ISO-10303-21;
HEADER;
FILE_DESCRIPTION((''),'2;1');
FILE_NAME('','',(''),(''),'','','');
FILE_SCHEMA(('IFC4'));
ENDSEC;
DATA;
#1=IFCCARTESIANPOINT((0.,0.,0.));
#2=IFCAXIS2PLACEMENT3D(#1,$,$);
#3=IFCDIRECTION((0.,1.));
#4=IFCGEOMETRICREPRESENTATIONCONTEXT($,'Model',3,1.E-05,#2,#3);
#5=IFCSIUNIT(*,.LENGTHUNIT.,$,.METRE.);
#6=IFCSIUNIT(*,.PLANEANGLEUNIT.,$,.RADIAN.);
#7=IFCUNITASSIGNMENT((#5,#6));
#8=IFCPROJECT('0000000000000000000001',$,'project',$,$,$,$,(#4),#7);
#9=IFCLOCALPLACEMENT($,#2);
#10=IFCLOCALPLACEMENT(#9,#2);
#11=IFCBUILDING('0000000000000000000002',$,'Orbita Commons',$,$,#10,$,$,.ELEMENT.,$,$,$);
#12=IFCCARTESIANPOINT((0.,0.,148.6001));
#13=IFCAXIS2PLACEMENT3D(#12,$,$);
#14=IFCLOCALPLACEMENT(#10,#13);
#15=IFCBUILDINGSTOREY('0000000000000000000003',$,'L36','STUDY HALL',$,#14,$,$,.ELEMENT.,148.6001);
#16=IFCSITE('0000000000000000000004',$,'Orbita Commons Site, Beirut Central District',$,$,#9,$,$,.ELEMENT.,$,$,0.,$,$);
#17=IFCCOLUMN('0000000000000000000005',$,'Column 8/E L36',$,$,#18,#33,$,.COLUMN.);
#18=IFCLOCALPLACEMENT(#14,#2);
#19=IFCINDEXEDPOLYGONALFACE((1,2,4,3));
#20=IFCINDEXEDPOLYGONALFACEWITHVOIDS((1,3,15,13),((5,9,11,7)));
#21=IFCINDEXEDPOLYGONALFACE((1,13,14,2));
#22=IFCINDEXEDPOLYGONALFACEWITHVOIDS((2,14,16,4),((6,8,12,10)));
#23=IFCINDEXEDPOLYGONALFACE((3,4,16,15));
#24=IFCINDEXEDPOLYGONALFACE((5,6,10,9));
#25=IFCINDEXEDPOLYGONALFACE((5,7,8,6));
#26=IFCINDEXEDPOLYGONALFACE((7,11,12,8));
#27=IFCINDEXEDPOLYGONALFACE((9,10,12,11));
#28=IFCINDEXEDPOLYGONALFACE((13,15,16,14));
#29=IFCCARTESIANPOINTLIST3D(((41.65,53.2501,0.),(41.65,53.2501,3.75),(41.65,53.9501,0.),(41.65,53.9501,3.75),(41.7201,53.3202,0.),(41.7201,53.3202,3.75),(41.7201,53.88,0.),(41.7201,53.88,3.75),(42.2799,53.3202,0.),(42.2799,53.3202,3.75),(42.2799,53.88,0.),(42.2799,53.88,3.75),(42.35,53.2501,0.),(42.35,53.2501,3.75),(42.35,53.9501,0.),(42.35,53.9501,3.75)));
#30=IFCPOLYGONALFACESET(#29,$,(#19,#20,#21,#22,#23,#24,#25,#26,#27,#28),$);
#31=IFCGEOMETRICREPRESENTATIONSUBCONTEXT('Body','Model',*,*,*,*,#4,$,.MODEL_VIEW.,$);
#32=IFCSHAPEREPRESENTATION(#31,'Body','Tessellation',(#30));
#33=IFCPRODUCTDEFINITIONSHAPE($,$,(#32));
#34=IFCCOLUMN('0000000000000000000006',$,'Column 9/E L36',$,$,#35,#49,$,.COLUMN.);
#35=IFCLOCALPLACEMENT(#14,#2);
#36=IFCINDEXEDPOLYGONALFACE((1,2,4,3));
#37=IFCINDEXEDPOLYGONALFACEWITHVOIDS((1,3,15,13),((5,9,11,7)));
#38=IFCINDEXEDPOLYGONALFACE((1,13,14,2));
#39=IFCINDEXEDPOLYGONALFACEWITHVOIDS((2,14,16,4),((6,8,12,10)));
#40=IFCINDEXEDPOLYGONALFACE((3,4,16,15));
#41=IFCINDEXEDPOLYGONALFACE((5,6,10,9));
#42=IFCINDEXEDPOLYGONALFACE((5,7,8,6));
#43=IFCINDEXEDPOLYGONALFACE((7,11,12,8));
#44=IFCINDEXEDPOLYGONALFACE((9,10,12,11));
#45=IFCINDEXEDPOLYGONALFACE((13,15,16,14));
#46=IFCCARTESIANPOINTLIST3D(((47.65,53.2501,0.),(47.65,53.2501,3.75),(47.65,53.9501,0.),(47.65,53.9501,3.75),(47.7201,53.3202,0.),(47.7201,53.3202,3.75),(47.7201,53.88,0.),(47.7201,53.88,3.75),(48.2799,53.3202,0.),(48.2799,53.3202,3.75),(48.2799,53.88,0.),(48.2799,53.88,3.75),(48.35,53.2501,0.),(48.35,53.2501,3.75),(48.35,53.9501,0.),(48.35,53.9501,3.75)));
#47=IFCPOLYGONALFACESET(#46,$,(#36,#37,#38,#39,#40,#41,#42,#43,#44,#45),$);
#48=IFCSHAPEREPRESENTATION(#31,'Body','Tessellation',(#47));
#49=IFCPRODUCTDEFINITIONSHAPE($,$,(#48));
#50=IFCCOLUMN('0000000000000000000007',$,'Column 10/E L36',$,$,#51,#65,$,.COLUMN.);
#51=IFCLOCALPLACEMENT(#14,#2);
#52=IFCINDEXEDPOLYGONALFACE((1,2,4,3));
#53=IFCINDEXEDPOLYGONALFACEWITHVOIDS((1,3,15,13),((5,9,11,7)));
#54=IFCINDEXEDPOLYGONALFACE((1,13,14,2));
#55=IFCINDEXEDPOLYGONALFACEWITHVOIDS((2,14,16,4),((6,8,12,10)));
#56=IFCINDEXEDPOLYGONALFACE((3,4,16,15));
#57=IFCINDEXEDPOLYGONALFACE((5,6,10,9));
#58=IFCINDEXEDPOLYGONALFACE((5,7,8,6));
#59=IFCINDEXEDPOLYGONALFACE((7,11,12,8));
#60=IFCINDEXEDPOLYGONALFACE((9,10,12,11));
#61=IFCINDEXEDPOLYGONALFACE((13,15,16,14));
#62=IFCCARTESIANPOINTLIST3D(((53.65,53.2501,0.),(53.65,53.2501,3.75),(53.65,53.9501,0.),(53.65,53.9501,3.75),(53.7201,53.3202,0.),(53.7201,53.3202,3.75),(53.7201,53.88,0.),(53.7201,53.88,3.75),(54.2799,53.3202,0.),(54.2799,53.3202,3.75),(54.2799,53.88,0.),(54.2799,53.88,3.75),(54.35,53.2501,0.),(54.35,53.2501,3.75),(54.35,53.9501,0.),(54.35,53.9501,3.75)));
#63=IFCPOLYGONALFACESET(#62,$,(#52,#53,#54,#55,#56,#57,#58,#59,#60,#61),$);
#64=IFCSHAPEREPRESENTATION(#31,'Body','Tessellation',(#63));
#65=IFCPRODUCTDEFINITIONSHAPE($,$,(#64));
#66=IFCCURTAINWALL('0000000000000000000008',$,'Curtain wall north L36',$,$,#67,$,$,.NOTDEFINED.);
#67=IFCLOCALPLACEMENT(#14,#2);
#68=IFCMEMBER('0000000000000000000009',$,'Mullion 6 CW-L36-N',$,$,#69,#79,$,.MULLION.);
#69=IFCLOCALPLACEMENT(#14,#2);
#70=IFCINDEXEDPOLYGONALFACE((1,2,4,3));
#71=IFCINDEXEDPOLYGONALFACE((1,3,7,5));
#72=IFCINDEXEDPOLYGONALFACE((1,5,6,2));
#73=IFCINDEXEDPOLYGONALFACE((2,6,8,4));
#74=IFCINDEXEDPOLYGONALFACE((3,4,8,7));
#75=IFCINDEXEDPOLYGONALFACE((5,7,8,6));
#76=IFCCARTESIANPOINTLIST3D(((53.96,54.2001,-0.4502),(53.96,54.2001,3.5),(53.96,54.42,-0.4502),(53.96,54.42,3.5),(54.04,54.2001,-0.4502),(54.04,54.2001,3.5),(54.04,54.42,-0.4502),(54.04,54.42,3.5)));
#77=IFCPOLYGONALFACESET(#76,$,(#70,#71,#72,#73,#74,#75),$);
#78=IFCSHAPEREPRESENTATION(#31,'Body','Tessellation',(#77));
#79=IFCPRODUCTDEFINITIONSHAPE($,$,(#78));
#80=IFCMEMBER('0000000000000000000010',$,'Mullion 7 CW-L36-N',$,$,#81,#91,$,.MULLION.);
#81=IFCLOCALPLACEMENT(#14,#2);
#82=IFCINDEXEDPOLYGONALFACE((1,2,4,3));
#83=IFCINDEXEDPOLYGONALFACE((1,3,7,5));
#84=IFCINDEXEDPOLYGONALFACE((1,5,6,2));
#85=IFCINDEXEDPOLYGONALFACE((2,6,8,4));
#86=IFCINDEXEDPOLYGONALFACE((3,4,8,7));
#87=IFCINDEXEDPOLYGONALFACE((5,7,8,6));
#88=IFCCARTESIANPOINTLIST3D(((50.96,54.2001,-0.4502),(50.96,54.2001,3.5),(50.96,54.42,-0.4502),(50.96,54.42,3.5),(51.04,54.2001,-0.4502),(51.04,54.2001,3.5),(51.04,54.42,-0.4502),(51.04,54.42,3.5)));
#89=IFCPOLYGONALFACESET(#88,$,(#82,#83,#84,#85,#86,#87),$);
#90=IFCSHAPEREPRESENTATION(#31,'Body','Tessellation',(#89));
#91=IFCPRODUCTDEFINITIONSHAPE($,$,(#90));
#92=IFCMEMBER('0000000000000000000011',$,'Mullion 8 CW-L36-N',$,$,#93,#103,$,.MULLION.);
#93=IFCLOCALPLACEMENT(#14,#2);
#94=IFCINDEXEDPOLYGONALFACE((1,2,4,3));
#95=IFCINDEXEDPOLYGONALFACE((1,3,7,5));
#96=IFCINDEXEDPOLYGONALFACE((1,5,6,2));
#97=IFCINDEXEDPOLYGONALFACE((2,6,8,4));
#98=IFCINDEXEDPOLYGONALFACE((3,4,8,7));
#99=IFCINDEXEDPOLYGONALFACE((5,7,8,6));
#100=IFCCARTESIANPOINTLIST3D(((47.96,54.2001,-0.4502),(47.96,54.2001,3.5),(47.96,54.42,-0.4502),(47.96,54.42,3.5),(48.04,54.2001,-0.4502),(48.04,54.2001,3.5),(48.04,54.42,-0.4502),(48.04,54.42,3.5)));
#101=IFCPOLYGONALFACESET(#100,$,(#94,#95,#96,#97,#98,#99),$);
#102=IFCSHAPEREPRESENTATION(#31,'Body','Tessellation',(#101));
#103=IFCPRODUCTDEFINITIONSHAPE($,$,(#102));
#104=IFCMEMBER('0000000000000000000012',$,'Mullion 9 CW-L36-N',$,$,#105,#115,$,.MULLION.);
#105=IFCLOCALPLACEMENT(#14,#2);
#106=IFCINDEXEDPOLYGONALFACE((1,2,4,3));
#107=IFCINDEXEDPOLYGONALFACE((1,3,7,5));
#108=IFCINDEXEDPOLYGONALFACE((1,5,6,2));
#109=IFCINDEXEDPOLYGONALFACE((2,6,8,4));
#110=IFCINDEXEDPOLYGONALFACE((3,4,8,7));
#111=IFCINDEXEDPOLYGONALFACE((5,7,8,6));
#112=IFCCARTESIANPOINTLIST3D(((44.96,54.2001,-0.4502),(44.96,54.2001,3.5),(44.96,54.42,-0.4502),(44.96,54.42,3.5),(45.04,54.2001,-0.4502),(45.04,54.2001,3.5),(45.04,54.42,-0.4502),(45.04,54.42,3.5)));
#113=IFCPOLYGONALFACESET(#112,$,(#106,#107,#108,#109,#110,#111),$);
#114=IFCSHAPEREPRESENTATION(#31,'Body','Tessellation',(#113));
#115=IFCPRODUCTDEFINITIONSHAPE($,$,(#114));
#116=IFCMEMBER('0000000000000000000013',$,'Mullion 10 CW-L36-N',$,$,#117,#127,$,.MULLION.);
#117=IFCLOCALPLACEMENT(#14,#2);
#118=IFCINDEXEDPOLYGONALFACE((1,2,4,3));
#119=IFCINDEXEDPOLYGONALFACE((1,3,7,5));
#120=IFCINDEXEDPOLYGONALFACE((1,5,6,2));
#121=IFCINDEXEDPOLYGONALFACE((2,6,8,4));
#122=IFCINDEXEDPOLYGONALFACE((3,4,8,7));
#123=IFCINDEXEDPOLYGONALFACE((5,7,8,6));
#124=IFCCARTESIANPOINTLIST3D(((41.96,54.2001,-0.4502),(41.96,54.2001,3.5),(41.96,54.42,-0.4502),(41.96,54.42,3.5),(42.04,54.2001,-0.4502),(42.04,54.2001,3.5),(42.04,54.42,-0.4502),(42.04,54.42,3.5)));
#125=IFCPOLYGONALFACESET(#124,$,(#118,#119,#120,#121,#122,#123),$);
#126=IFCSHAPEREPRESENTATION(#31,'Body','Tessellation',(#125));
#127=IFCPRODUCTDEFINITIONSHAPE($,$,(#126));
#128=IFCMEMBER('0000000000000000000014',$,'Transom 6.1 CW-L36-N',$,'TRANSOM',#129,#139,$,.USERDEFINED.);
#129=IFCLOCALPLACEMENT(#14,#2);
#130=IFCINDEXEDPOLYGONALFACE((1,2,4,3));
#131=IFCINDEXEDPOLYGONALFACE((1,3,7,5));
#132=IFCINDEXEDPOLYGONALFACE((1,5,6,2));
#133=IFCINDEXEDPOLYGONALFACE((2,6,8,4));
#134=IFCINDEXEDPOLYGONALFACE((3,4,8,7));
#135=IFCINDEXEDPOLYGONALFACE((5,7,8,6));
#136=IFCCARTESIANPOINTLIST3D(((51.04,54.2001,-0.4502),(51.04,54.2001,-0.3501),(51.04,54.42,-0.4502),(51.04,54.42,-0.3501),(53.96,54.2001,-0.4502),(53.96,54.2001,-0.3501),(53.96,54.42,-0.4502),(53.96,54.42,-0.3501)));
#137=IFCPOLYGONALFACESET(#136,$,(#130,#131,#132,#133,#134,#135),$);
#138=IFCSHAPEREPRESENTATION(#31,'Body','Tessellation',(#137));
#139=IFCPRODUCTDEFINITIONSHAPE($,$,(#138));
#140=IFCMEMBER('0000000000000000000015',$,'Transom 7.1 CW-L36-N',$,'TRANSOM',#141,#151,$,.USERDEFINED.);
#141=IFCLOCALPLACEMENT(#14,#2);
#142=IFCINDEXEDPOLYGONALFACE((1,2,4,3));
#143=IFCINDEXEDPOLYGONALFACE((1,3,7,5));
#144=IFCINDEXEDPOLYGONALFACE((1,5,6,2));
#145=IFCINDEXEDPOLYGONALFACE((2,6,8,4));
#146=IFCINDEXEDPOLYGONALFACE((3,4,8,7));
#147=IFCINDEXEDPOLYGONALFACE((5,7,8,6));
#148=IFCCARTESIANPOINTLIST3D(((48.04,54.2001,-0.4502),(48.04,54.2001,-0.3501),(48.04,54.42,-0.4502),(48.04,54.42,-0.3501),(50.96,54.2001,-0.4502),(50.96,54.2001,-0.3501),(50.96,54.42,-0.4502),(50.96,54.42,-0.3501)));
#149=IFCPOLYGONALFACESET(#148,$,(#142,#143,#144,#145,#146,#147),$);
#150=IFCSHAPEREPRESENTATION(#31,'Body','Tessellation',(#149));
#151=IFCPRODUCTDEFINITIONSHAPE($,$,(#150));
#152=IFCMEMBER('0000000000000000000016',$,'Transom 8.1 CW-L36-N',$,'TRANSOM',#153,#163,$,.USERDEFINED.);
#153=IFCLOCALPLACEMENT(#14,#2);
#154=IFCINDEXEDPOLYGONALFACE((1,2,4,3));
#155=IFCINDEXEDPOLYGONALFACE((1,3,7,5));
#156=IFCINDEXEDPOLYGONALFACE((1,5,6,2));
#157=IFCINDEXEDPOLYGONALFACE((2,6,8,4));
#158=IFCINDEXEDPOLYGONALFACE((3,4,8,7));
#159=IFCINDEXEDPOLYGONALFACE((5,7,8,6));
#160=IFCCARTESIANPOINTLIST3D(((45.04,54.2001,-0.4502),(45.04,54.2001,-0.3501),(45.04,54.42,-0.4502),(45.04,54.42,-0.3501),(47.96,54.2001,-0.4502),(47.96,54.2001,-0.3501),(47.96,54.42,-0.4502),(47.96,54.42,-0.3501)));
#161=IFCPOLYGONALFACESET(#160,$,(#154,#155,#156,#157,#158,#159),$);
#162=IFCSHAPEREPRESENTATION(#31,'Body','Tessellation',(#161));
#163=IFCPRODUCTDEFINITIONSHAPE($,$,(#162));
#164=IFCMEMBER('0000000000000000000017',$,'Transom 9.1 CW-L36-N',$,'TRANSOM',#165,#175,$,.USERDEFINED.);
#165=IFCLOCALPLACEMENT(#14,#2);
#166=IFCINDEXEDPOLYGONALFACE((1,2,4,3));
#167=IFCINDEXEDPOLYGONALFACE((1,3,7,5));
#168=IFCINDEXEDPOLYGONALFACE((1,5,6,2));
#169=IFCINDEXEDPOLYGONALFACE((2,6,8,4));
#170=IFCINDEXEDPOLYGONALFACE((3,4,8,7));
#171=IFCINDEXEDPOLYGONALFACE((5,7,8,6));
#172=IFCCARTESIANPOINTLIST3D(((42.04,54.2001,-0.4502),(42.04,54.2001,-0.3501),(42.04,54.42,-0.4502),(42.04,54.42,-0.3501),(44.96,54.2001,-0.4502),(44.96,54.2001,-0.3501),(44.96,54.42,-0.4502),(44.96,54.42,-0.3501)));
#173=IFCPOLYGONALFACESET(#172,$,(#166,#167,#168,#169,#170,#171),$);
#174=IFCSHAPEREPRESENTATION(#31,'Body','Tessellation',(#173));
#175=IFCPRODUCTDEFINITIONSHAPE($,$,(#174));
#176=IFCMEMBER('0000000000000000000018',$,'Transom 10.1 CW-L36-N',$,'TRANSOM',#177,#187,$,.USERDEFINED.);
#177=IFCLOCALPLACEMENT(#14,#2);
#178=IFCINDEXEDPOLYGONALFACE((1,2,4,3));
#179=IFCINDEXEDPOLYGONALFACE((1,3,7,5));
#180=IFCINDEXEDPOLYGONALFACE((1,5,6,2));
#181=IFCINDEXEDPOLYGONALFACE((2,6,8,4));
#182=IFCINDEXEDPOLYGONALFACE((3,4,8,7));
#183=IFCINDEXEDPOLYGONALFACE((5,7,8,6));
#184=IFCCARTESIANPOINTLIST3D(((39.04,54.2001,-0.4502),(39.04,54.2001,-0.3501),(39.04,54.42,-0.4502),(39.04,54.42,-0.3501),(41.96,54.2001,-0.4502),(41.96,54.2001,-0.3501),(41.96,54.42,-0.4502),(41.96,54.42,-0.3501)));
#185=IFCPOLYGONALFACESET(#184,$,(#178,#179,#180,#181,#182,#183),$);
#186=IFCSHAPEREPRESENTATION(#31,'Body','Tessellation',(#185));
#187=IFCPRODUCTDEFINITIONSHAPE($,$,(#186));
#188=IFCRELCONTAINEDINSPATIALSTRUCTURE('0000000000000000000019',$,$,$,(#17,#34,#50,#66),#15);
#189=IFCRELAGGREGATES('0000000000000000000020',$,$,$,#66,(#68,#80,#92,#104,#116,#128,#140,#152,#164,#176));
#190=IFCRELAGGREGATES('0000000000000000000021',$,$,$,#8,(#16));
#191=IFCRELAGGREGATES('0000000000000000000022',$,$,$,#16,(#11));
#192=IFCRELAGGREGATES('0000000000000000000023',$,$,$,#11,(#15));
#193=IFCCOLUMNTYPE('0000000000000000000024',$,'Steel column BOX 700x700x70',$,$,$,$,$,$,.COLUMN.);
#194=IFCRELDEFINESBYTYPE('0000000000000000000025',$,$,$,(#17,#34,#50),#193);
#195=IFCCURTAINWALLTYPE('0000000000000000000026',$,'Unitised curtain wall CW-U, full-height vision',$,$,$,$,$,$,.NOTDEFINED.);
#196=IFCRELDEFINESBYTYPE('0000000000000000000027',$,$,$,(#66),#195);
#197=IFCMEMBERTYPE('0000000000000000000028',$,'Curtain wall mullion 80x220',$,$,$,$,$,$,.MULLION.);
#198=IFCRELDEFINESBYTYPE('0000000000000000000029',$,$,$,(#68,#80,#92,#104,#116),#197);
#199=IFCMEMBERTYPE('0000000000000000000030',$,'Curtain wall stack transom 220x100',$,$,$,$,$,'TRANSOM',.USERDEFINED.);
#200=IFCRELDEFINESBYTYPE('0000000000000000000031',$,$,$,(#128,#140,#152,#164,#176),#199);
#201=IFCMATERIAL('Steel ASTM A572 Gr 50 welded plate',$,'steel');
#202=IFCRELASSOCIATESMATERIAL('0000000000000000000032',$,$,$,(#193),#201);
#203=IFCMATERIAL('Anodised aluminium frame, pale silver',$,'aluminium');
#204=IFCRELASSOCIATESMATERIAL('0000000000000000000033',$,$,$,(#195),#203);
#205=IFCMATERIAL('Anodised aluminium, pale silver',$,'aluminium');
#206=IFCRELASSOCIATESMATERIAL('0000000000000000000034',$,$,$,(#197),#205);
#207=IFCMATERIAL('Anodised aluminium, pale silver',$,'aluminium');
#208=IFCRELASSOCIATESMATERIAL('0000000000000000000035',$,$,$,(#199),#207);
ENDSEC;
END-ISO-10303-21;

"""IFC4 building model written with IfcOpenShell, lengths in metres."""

from ifc_helpers import new_model, si_unit, direction, frame, origin, origin_2d, place, context, subcontext, project, spatial, rectangle, hollow_rectangle, extrude, material, material_profile, profile_set, type_object, element, aggregate, save


model = new_model("IFC4")

# Units and contexts
model_context = context("Model", 3, precision=1e-05, world=origin(), true_north=direction((0.0, 1.0)))
body_context = subcontext(model_context, "Body", "Model", "MODEL_VIEW")
ifc_project = project(units=[si_unit("LENGTHUNIT", "METRE"), si_unit("PLANEANGLEUNIT", "RADIAN")], contexts=[model_context])

# Site, building, storey
site_placement = place(None, origin())
site = spatial("IfcSite", under=ifc_project, at=site_placement, Name="Orbita Commons Site, Beirut Central District", CompositionType="ELEMENT", RefElevation=0.0)
building_placement = place(site_placement, origin())
building = spatial("IfcBuilding", under=site, at=building_placement, Name="Orbita Commons", CompositionType="ELEMENT")
storey_placement = place(building_placement, frame((0.0, 0.0, 148.6001)))
storey = spatial("IfcBuildingStorey", under=building, at=storey_placement, Name="L36", Description="STUDY HALL", CompositionType="ELEMENT", Elevation=148.6001)

# Columns
ifc_material_1 = material(Name="Steel ASTM A572 Gr 50 welded plate", Category="steel")
ifc_material_profile_1 = material_profile(ifc_material_1, hollow_rectangle(XDim=0.7, YDim=0.7, WallThickness=0.0701, at=origin_2d()), Name="BOX 700x700x70")
ifc_profile_set_1 = profile_set([ifc_material_profile_1], Name="Steel ASTM A572 Gr 50 welded plate")
column_type = type_object("IfcColumnType", Name="Steel column BOX 700x700x70", PredefinedType="COLUMN", material=ifc_profile_set_1)
for number, where, z_axis, x_axis, name in (
    (1, (42.0, 53.6001, 0.0), (0.0, 0.0, 1.0), (1.0, 0.0, 0.0), "Column 8/E L36"),
    (2, (48.0, 53.6001, 0.0), (0.0, 0.0, 1.0), (1.0, 0.0, 0.0), "Column 9/E L36"),
    (3, (54.0, 53.6001, 0.0), (0.0, 0.0, 1.0), (1.0, 0.0, 0.0), "Column 10/E L36"),
):
    element("IfcColumn", number, at=place(storey_placement, frame(where, z_axis=z_axis, x_axis=x_axis)), inside=storey, type_object=column_type, Name=name, PredefinedType="COLUMN", context=body_context, shape_type="SweptSolid", body=[
        extrude(hollow_rectangle(XDim=0.7, YDim=0.7, WallThickness=0.0701, at=origin_2d()), origin(), (0.0, 0.0, 1.0), 3.75),
    ])

# Curtain wall, members
ifc_material_2 = material(Name="Anodised aluminium frame, pale silver", Category="aluminium")
curtain_wall_type = type_object("IfcCurtainWallType", Name="Unitised curtain wall CW-U, full-height vision", PredefinedType="NOTDEFINED", material=ifc_material_2)
curtain_wall_placement = place(storey_placement, origin())
curtain_wall = element("IfcCurtainWall", 4, at=curtain_wall_placement, inside=storey, type_object=curtain_wall_type, Name="Curtain wall north L36", PredefinedType="NOTDEFINED")
ifc_material_3 = material(Name="Anodised aluminium, pale silver", Category="aluminium")
ifc_material_profile_2 = material_profile(ifc_material_3, rectangle(XDim=0.0801, YDim=0.22, at=origin_2d()), Name="AL 80x220")
ifc_profile_set_2 = profile_set([ifc_material_profile_2], Name="Anodised aluminium, pale silver")
member_type_1 = type_object("IfcMemberType", Name="Curtain wall mullion 80x220", PredefinedType="MULLION", material=ifc_profile_set_2)
member_1_placement = place(storey_placement, frame((54.0, 54.3101, -0.4502), z_axis=(0.0, 0.0, 1.0), x_axis=(-1.0, 0.0, 0.0)))
member_1 = element("IfcMember", 5, at=member_1_placement, type_object=member_type_1, Name="Mullion 6 CW-L36-N", PredefinedType="MULLION", context=body_context, shape_type="SweptSolid", body=[
    extrude(rectangle(XDim=0.0801, YDim=0.22, at=origin_2d()), origin(), (0.0, 0.0, 1.0), 3.9502),
])
member_2_placement = place(storey_placement, frame((51.0, 54.3101, -0.4502), z_axis=(0.0, 0.0, 1.0), x_axis=(-1.0, 0.0, 0.0)))
member_2 = element("IfcMember", 6, at=member_2_placement, type_object=member_type_1, Name="Mullion 7 CW-L36-N", PredefinedType="MULLION", context=body_context, shape_type="SweptSolid", body=[
    extrude(rectangle(XDim=0.0801, YDim=0.22, at=origin_2d()), origin(), (0.0, 0.0, 1.0), 3.9502),
])
member_3_placement = place(storey_placement, frame((48.0, 54.3101, -0.4502), z_axis=(0.0, 0.0, 1.0), x_axis=(-1.0, 0.0, 0.0)))
member_3 = element("IfcMember", 7, at=member_3_placement, type_object=member_type_1, Name="Mullion 8 CW-L36-N", PredefinedType="MULLION", context=body_context, shape_type="SweptSolid", body=[
    extrude(rectangle(XDim=0.0801, YDim=0.22, at=origin_2d()), origin(), (0.0, 0.0, 1.0), 3.9502),
])
member_4_placement = place(storey_placement, frame((45.0, 54.3101, -0.4502), z_axis=(0.0, 0.0, 1.0), x_axis=(-1.0, 0.0, 0.0)))
member_4 = element("IfcMember", 8, at=member_4_placement, type_object=member_type_1, Name="Mullion 9 CW-L36-N", PredefinedType="MULLION", context=body_context, shape_type="SweptSolid", body=[
    extrude(rectangle(XDim=0.0801, YDim=0.22, at=origin_2d()), origin(), (0.0, 0.0, 1.0), 3.9502),
])
member_5_placement = place(storey_placement, frame((42.0, 54.3101, -0.4502), z_axis=(0.0, 0.0, 1.0), x_axis=(-1.0, 0.0, 0.0)))
member_5 = element("IfcMember", 9, at=member_5_placement, type_object=member_type_1, Name="Mullion 10 CW-L36-N", PredefinedType="MULLION", context=body_context, shape_type="SweptSolid", body=[
    extrude(rectangle(XDim=0.0801, YDim=0.22, at=origin_2d()), origin(), (0.0, 0.0, 1.0), 3.9502),
])
ifc_material_4 = material(Name="Anodised aluminium, pale silver", Category="aluminium")
ifc_material_profile_3 = material_profile(ifc_material_4, rectangle(XDim=0.22, YDim=0.1001, at=origin_2d()), Name="AL 220x100")
ifc_profile_set_3 = profile_set([ifc_material_profile_3], Name="Anodised aluminium, pale silver")
member_type_2 = type_object("IfcMemberType", Name="Curtain wall stack transom 220x100", ElementType="TRANSOM", PredefinedType="USERDEFINED", material=ifc_profile_set_3)
member_6_placement = place(storey_placement, frame((53.96, 54.3101, -0.4001), z_axis=(-1.0, 0.0, 0.0), x_axis=(0.0, -1.0, 0.0)))
member_6 = element("IfcMember", 10, at=member_6_placement, type_object=member_type_2, Name="Transom 6.1 CW-L36-N", ObjectType="TRANSOM", PredefinedType="USERDEFINED", context=body_context, shape_type="SweptSolid", body=[
    extrude(rectangle(XDim=0.22, YDim=0.1001, at=origin_2d()), origin(), (0.0, 0.0, 1.0), 2.9199),
])
member_7_placement = place(storey_placement, frame((50.96, 54.3101, -0.4001), z_axis=(-1.0, 0.0, 0.0), x_axis=(0.0, -1.0, 0.0)))
member_7 = element("IfcMember", 11, at=member_7_placement, type_object=member_type_2, Name="Transom 7.1 CW-L36-N", ObjectType="TRANSOM", PredefinedType="USERDEFINED", context=body_context, shape_type="SweptSolid", body=[
    extrude(rectangle(XDim=0.22, YDim=0.1001, at=origin_2d()), origin(), (0.0, 0.0, 1.0), 2.9199),
])
member_8_placement = place(storey_placement, frame((47.96, 54.3101, -0.4001), z_axis=(-1.0, 0.0, 0.0), x_axis=(0.0, -1.0, 0.0)))
member_8 = element("IfcMember", 12, at=member_8_placement, type_object=member_type_2, Name="Transom 8.1 CW-L36-N", ObjectType="TRANSOM", PredefinedType="USERDEFINED", context=body_context, shape_type="SweptSolid", body=[
    extrude(rectangle(XDim=0.22, YDim=0.1001, at=origin_2d()), origin(), (0.0, 0.0, 1.0), 2.9199),
])
member_9_placement = place(storey_placement, frame((44.96, 54.3101, -0.4001), z_axis=(-1.0, 0.0, 0.0), x_axis=(0.0, -1.0, 0.0)))
member_9 = element("IfcMember", 13, at=member_9_placement, type_object=member_type_2, Name="Transom 9.1 CW-L36-N", ObjectType="TRANSOM", PredefinedType="USERDEFINED", context=body_context, shape_type="SweptSolid", body=[
    extrude(rectangle(XDim=0.22, YDim=0.1001, at=origin_2d()), origin(), (0.0, 0.0, 1.0), 2.9199),
])
member_10_placement = place(storey_placement, frame((41.96, 54.3101, -0.4001), z_axis=(-1.0, 0.0, 0.0), x_axis=(0.0, -1.0, 0.0)))
member_10 = element("IfcMember", 14, at=member_10_placement, type_object=member_type_2, Name="Transom 10.1 CW-L36-N", ObjectType="TRANSOM", PredefinedType="USERDEFINED", context=body_context, shape_type="SweptSolid", body=[
    extrude(rectangle(XDim=0.22, YDim=0.1001, at=origin_2d()), origin(), (0.0, 0.0, 1.0), 2.9199),
])

aggregate(curtain_wall, [member_1, member_2, member_3, member_4, member_5, member_6, member_7, member_8, member_9, member_10])

save(model, "model.ifc")
